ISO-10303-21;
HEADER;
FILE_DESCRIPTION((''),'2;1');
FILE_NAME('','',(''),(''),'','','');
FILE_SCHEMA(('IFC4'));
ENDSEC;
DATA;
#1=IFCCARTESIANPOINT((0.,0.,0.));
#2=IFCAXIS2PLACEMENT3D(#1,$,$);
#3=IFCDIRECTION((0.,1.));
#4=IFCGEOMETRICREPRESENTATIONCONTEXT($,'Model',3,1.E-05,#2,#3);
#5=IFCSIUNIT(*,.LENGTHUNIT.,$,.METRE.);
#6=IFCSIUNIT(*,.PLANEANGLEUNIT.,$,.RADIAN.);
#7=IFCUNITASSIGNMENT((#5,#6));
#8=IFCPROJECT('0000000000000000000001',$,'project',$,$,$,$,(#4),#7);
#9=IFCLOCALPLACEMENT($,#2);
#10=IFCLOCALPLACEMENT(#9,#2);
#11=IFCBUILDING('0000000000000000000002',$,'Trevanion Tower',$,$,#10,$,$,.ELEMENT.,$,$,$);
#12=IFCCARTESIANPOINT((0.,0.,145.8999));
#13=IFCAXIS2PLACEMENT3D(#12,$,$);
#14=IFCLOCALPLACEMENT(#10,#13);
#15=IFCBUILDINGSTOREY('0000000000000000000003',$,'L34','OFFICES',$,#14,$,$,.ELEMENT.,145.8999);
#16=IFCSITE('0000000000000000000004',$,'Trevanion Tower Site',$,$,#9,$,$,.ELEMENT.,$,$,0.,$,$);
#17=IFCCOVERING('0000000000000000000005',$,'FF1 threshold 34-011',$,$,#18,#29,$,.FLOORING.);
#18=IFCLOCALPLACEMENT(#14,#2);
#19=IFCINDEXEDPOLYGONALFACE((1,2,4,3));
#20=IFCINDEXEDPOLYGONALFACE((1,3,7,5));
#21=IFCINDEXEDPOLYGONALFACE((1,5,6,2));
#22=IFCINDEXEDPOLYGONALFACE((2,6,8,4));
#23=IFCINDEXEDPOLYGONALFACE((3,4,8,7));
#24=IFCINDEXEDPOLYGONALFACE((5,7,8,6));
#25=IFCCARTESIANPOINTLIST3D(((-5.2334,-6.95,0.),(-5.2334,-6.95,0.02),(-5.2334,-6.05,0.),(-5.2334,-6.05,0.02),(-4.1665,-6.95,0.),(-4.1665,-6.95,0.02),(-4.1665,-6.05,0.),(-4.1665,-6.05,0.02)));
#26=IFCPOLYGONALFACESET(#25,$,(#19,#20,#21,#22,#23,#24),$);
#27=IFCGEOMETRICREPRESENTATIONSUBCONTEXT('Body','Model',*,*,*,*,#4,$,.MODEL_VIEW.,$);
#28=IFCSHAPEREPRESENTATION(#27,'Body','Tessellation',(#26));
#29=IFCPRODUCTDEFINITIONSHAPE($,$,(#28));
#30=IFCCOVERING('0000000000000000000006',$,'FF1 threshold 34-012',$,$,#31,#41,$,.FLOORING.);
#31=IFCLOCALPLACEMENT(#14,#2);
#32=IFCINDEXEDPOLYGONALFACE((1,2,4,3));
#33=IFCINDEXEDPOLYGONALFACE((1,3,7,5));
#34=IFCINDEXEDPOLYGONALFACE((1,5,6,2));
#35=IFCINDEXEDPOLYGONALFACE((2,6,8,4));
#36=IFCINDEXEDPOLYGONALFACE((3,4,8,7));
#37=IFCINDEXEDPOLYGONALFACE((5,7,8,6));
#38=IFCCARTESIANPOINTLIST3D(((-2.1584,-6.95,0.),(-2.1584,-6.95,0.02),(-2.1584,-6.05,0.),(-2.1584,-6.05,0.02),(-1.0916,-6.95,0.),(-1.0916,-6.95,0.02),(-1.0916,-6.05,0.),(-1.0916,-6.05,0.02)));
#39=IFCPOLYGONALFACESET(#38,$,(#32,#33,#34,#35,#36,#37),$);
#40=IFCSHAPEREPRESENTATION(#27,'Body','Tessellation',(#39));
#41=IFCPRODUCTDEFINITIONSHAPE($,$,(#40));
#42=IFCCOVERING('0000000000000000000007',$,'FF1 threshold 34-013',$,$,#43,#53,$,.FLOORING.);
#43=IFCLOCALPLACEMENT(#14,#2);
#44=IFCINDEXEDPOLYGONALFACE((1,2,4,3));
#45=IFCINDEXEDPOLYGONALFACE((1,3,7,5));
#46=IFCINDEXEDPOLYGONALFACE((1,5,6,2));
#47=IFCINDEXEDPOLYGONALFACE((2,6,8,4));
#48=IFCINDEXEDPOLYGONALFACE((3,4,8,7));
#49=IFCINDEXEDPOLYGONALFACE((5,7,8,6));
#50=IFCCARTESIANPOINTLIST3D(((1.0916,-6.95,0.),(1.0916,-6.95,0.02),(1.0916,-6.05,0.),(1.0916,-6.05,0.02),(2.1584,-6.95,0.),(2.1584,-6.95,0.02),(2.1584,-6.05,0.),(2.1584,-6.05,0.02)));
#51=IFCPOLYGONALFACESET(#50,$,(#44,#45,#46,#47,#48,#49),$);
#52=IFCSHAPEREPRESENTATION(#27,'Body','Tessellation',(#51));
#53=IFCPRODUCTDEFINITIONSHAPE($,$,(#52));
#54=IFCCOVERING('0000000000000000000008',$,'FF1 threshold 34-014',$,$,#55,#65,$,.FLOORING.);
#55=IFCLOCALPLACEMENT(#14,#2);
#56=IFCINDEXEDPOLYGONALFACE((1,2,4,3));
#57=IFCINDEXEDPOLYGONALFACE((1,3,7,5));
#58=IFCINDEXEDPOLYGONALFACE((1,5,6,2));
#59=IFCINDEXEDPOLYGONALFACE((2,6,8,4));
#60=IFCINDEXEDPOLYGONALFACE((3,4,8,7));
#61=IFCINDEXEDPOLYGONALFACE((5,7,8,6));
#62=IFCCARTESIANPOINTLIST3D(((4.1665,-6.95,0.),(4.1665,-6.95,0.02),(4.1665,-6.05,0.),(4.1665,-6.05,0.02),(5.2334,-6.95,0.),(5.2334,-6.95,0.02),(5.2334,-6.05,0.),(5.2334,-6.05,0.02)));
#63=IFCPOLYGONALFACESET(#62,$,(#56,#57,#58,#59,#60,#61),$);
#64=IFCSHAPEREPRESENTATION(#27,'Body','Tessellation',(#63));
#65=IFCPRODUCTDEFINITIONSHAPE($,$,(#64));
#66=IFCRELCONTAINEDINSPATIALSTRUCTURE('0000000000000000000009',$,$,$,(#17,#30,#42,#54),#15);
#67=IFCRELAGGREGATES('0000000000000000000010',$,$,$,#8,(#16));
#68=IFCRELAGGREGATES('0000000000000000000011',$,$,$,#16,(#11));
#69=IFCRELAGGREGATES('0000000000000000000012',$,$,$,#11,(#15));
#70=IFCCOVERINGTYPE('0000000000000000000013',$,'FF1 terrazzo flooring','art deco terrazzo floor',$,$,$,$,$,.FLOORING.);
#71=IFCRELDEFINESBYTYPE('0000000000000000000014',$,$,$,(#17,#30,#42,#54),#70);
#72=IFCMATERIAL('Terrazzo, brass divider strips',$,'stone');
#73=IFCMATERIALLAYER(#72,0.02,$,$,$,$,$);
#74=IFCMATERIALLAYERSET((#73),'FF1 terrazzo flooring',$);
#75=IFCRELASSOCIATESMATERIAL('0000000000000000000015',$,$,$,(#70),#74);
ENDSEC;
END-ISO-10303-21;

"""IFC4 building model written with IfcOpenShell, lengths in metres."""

from ifc_helpers import new_model, si_unit, direction, frame, origin, place, context, subcontext, project, spatial, polyline, outline, extrude, material, layer, layer_set, type_object, element, save


model = new_model("IFC4")

# Units and contexts
model_context = context("Model", 3, precision=1e-05, world=origin(), true_north=direction((0.0, 1.0)))
body_context = subcontext(model_context, "Body", "Model", "MODEL_VIEW")
ifc_project = project(units=[si_unit("LENGTHUNIT", "METRE"), si_unit("PLANEANGLEUNIT", "RADIAN")], contexts=[model_context])

# Site, building, storey
site_placement = place(None, origin())
site = spatial("IfcSite", under=ifc_project, at=site_placement, Name="Trevanion Tower Site", CompositionType="ELEMENT", RefElevation=0.0)
building_placement = place(site_placement, origin())
building = spatial("IfcBuilding", under=site, at=building_placement, Name="Trevanion Tower", CompositionType="ELEMENT")
storey_placement = place(building_placement, frame((0.0, 0.0, 145.8999)))
storey = spatial("IfcBuildingStorey", under=building, at=storey_placement, Name="L34", Description="OFFICES", CompositionType="ELEMENT", Elevation=145.8999)

# Coverings
ifc_material_1 = material(Name="Terrazzo, brass divider strips", Category="stone")
ifc_layer_1 = layer(ifc_material_1, 0.02)
ifc_layer_set_1 = layer_set([ifc_layer_1], Name="FF1 terrazzo flooring")
covering_type = type_object("IfcCoveringType", Name="FF1 terrazzo flooring", Description="art deco terrazzo floor", PredefinedType="FLOORING", material=ifc_layer_set_1)
covering_1_placement = place(storey_placement, origin())
element("IfcCovering", 1, at=covering_1_placement, inside=storey, type_object=covering_type, Name="FF1 threshold 34-011", PredefinedType="FLOORING", context=body_context, shape_type="SweptSolid", body=[
    extrude(outline(polyline([(-5.2334, -6.95), (-4.1665, -6.95), (-4.1665, -6.05), (-5.2334, -6.05), (-5.2334, -6.95)])), origin(), (0.0, 0.0, 1.0), 0.02),
])
covering_2_placement = place(storey_placement, origin())
element("IfcCovering", 2, at=covering_2_placement, inside=storey, type_object=covering_type, Name="FF1 threshold 34-012", PredefinedType="FLOORING", context=body_context, shape_type="SweptSolid", body=[
    extrude(outline(polyline([(-2.1584, -6.95), (-1.0916, -6.95), (-1.0916, -6.05), (-2.1584, -6.05), (-2.1584, -6.95)])), origin(), (0.0, 0.0, 1.0), 0.02),
])
covering_3_placement = place(storey_placement, origin())
element("IfcCovering", 3, at=covering_3_placement, inside=storey, type_object=covering_type, Name="FF1 threshold 34-013", PredefinedType="FLOORING", context=body_context, shape_type="SweptSolid", body=[
    extrude(outline(polyline([(1.0916, -6.95), (2.1584, -6.95), (2.1584, -6.05), (1.0916, -6.05), (1.0916, -6.95)])), origin(), (0.0, 0.0, 1.0), 0.02),
])
covering_4_placement = place(storey_placement, origin())
element("IfcCovering", 4, at=covering_4_placement, inside=storey, type_object=covering_type, Name="FF1 threshold 34-014", PredefinedType="FLOORING", context=body_context, shape_type="SweptSolid", body=[
    extrude(outline(polyline([(4.1665, -6.95), (5.2334, -6.95), (5.2334, -6.05), (4.1665, -6.05), (4.1665, -6.95)])), origin(), (0.0, 0.0, 1.0), 0.02),
])

save(model, "model.ifc")
